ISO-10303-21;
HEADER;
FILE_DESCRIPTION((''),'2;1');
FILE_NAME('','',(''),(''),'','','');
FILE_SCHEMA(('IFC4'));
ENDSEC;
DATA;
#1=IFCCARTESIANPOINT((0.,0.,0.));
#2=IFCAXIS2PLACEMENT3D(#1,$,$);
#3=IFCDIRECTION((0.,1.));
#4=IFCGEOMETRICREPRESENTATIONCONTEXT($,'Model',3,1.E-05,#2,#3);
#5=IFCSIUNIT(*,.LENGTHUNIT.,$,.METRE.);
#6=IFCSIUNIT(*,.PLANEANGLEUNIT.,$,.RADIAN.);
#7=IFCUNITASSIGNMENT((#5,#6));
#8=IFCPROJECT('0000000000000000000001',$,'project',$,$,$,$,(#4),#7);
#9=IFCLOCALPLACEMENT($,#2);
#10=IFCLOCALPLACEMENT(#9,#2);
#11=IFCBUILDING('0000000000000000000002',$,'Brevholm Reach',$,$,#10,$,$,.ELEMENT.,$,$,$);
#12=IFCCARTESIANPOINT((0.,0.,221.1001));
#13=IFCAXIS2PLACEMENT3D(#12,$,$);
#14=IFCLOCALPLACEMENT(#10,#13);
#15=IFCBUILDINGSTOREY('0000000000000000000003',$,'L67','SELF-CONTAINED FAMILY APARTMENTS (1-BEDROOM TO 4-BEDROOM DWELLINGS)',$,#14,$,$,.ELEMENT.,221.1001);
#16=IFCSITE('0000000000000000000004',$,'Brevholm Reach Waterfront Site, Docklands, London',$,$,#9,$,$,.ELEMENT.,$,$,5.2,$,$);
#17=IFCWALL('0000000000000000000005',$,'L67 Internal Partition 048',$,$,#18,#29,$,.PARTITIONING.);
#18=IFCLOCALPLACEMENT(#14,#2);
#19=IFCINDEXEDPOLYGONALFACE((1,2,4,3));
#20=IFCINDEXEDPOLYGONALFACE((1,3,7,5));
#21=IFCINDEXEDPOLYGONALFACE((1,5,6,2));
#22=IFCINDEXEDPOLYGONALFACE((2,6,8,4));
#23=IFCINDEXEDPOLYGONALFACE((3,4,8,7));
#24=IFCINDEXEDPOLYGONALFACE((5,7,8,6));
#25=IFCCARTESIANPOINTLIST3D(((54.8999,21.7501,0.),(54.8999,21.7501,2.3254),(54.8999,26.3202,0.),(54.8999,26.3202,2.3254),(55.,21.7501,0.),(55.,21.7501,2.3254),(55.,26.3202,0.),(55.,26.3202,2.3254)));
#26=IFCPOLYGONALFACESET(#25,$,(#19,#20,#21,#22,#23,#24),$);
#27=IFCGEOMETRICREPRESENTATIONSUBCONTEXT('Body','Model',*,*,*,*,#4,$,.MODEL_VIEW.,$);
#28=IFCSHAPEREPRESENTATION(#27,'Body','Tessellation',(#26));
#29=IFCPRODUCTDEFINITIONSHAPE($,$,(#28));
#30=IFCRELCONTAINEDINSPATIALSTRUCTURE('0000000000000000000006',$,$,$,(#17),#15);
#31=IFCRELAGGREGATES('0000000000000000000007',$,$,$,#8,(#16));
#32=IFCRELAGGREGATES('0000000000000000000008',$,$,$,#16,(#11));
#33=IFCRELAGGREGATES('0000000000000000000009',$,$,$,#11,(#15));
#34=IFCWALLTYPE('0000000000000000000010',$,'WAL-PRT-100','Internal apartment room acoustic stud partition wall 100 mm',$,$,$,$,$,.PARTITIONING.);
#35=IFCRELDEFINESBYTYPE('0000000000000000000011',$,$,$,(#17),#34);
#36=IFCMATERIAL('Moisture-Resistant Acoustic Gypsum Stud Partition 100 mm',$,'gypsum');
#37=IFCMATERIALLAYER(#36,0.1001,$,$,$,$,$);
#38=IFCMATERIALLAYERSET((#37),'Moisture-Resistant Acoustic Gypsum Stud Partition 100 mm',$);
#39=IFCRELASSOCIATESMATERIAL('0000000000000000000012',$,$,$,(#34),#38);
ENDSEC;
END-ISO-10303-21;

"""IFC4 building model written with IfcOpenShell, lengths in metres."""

from ifc_helpers import new_model, si_unit, direction, frame, frame_2d, origin, place, context, subcontext, project, spatial, rectangle, extrude, material, layer, layer_set, type_object, element, save


model = new_model("IFC4")

# Units and contexts
model_context = context("Model", 3, precision=1e-05, world=origin(), true_north=direction((0.0, 1.0)))
body_context = subcontext(model_context, "Body", "Model", "MODEL_VIEW")
ifc_project = project(units=[si_unit("LENGTHUNIT", "METRE"), si_unit("PLANEANGLEUNIT", "RADIAN")], contexts=[model_context])

# Site, building, storey
site_placement = place(None, origin())
site = spatial("IfcSite", under=ifc_project, at=site_placement, Name="Brevholm Reach Waterfront Site, Docklands, London", CompositionType="ELEMENT", RefElevation=5.2)
building_placement = place(site_placement, origin())
building = spatial("IfcBuilding", under=site, at=building_placement, Name="Brevholm Reach", CompositionType="ELEMENT")
storey_placement = place(building_placement, frame((0.0, 0.0, 221.1001)))
storey = spatial("IfcBuildingStorey", under=building, at=storey_placement, Name="L67", Description="SELF-CONTAINED FAMILY APARTMENTS (1-BEDROOM TO 4-BEDROOM DWELLINGS)", CompositionType="ELEMENT", Elevation=221.1001)

# Wall
ifc_material_1 = material(Name="Moisture-Resistant Acoustic Gypsum Stud Partition 100 mm", Category="gypsum")
ifc_layer_1 = layer(ifc_material_1, 0.1001)
ifc_layer_set_1 = layer_set([ifc_layer_1], Name="Moisture-Resistant Acoustic Gypsum Stud Partition 100 mm")
wall_type_1 = type_object("IfcWallType", Name="WAL-PRT-100", Description="Internal apartment room acoustic stud partition wall 100 mm", PredefinedType="PARTITIONING", material=ifc_layer_set_1)
wall_1_placement = place(storey_placement, frame((54.95, 21.75, 0.0), z_axis=(0.0, 0.0, 1.0), x_axis=(0.0, 1.0, 0.0)))
element("IfcWall", 1, at=wall_1_placement, inside=storey, type_object=wall_type_1, Name="L67 Internal Partition 048", PredefinedType="PARTITIONING", context=body_context, shape_type="SweptSolid", body=[
    extrude(rectangle(XDim=4.5701, YDim=0.1001, at=frame_2d((2.2852, 0.0))), origin(), (0.0, 0.0, 1.0), 2.3254),
])

save(model, "model.ifc")
